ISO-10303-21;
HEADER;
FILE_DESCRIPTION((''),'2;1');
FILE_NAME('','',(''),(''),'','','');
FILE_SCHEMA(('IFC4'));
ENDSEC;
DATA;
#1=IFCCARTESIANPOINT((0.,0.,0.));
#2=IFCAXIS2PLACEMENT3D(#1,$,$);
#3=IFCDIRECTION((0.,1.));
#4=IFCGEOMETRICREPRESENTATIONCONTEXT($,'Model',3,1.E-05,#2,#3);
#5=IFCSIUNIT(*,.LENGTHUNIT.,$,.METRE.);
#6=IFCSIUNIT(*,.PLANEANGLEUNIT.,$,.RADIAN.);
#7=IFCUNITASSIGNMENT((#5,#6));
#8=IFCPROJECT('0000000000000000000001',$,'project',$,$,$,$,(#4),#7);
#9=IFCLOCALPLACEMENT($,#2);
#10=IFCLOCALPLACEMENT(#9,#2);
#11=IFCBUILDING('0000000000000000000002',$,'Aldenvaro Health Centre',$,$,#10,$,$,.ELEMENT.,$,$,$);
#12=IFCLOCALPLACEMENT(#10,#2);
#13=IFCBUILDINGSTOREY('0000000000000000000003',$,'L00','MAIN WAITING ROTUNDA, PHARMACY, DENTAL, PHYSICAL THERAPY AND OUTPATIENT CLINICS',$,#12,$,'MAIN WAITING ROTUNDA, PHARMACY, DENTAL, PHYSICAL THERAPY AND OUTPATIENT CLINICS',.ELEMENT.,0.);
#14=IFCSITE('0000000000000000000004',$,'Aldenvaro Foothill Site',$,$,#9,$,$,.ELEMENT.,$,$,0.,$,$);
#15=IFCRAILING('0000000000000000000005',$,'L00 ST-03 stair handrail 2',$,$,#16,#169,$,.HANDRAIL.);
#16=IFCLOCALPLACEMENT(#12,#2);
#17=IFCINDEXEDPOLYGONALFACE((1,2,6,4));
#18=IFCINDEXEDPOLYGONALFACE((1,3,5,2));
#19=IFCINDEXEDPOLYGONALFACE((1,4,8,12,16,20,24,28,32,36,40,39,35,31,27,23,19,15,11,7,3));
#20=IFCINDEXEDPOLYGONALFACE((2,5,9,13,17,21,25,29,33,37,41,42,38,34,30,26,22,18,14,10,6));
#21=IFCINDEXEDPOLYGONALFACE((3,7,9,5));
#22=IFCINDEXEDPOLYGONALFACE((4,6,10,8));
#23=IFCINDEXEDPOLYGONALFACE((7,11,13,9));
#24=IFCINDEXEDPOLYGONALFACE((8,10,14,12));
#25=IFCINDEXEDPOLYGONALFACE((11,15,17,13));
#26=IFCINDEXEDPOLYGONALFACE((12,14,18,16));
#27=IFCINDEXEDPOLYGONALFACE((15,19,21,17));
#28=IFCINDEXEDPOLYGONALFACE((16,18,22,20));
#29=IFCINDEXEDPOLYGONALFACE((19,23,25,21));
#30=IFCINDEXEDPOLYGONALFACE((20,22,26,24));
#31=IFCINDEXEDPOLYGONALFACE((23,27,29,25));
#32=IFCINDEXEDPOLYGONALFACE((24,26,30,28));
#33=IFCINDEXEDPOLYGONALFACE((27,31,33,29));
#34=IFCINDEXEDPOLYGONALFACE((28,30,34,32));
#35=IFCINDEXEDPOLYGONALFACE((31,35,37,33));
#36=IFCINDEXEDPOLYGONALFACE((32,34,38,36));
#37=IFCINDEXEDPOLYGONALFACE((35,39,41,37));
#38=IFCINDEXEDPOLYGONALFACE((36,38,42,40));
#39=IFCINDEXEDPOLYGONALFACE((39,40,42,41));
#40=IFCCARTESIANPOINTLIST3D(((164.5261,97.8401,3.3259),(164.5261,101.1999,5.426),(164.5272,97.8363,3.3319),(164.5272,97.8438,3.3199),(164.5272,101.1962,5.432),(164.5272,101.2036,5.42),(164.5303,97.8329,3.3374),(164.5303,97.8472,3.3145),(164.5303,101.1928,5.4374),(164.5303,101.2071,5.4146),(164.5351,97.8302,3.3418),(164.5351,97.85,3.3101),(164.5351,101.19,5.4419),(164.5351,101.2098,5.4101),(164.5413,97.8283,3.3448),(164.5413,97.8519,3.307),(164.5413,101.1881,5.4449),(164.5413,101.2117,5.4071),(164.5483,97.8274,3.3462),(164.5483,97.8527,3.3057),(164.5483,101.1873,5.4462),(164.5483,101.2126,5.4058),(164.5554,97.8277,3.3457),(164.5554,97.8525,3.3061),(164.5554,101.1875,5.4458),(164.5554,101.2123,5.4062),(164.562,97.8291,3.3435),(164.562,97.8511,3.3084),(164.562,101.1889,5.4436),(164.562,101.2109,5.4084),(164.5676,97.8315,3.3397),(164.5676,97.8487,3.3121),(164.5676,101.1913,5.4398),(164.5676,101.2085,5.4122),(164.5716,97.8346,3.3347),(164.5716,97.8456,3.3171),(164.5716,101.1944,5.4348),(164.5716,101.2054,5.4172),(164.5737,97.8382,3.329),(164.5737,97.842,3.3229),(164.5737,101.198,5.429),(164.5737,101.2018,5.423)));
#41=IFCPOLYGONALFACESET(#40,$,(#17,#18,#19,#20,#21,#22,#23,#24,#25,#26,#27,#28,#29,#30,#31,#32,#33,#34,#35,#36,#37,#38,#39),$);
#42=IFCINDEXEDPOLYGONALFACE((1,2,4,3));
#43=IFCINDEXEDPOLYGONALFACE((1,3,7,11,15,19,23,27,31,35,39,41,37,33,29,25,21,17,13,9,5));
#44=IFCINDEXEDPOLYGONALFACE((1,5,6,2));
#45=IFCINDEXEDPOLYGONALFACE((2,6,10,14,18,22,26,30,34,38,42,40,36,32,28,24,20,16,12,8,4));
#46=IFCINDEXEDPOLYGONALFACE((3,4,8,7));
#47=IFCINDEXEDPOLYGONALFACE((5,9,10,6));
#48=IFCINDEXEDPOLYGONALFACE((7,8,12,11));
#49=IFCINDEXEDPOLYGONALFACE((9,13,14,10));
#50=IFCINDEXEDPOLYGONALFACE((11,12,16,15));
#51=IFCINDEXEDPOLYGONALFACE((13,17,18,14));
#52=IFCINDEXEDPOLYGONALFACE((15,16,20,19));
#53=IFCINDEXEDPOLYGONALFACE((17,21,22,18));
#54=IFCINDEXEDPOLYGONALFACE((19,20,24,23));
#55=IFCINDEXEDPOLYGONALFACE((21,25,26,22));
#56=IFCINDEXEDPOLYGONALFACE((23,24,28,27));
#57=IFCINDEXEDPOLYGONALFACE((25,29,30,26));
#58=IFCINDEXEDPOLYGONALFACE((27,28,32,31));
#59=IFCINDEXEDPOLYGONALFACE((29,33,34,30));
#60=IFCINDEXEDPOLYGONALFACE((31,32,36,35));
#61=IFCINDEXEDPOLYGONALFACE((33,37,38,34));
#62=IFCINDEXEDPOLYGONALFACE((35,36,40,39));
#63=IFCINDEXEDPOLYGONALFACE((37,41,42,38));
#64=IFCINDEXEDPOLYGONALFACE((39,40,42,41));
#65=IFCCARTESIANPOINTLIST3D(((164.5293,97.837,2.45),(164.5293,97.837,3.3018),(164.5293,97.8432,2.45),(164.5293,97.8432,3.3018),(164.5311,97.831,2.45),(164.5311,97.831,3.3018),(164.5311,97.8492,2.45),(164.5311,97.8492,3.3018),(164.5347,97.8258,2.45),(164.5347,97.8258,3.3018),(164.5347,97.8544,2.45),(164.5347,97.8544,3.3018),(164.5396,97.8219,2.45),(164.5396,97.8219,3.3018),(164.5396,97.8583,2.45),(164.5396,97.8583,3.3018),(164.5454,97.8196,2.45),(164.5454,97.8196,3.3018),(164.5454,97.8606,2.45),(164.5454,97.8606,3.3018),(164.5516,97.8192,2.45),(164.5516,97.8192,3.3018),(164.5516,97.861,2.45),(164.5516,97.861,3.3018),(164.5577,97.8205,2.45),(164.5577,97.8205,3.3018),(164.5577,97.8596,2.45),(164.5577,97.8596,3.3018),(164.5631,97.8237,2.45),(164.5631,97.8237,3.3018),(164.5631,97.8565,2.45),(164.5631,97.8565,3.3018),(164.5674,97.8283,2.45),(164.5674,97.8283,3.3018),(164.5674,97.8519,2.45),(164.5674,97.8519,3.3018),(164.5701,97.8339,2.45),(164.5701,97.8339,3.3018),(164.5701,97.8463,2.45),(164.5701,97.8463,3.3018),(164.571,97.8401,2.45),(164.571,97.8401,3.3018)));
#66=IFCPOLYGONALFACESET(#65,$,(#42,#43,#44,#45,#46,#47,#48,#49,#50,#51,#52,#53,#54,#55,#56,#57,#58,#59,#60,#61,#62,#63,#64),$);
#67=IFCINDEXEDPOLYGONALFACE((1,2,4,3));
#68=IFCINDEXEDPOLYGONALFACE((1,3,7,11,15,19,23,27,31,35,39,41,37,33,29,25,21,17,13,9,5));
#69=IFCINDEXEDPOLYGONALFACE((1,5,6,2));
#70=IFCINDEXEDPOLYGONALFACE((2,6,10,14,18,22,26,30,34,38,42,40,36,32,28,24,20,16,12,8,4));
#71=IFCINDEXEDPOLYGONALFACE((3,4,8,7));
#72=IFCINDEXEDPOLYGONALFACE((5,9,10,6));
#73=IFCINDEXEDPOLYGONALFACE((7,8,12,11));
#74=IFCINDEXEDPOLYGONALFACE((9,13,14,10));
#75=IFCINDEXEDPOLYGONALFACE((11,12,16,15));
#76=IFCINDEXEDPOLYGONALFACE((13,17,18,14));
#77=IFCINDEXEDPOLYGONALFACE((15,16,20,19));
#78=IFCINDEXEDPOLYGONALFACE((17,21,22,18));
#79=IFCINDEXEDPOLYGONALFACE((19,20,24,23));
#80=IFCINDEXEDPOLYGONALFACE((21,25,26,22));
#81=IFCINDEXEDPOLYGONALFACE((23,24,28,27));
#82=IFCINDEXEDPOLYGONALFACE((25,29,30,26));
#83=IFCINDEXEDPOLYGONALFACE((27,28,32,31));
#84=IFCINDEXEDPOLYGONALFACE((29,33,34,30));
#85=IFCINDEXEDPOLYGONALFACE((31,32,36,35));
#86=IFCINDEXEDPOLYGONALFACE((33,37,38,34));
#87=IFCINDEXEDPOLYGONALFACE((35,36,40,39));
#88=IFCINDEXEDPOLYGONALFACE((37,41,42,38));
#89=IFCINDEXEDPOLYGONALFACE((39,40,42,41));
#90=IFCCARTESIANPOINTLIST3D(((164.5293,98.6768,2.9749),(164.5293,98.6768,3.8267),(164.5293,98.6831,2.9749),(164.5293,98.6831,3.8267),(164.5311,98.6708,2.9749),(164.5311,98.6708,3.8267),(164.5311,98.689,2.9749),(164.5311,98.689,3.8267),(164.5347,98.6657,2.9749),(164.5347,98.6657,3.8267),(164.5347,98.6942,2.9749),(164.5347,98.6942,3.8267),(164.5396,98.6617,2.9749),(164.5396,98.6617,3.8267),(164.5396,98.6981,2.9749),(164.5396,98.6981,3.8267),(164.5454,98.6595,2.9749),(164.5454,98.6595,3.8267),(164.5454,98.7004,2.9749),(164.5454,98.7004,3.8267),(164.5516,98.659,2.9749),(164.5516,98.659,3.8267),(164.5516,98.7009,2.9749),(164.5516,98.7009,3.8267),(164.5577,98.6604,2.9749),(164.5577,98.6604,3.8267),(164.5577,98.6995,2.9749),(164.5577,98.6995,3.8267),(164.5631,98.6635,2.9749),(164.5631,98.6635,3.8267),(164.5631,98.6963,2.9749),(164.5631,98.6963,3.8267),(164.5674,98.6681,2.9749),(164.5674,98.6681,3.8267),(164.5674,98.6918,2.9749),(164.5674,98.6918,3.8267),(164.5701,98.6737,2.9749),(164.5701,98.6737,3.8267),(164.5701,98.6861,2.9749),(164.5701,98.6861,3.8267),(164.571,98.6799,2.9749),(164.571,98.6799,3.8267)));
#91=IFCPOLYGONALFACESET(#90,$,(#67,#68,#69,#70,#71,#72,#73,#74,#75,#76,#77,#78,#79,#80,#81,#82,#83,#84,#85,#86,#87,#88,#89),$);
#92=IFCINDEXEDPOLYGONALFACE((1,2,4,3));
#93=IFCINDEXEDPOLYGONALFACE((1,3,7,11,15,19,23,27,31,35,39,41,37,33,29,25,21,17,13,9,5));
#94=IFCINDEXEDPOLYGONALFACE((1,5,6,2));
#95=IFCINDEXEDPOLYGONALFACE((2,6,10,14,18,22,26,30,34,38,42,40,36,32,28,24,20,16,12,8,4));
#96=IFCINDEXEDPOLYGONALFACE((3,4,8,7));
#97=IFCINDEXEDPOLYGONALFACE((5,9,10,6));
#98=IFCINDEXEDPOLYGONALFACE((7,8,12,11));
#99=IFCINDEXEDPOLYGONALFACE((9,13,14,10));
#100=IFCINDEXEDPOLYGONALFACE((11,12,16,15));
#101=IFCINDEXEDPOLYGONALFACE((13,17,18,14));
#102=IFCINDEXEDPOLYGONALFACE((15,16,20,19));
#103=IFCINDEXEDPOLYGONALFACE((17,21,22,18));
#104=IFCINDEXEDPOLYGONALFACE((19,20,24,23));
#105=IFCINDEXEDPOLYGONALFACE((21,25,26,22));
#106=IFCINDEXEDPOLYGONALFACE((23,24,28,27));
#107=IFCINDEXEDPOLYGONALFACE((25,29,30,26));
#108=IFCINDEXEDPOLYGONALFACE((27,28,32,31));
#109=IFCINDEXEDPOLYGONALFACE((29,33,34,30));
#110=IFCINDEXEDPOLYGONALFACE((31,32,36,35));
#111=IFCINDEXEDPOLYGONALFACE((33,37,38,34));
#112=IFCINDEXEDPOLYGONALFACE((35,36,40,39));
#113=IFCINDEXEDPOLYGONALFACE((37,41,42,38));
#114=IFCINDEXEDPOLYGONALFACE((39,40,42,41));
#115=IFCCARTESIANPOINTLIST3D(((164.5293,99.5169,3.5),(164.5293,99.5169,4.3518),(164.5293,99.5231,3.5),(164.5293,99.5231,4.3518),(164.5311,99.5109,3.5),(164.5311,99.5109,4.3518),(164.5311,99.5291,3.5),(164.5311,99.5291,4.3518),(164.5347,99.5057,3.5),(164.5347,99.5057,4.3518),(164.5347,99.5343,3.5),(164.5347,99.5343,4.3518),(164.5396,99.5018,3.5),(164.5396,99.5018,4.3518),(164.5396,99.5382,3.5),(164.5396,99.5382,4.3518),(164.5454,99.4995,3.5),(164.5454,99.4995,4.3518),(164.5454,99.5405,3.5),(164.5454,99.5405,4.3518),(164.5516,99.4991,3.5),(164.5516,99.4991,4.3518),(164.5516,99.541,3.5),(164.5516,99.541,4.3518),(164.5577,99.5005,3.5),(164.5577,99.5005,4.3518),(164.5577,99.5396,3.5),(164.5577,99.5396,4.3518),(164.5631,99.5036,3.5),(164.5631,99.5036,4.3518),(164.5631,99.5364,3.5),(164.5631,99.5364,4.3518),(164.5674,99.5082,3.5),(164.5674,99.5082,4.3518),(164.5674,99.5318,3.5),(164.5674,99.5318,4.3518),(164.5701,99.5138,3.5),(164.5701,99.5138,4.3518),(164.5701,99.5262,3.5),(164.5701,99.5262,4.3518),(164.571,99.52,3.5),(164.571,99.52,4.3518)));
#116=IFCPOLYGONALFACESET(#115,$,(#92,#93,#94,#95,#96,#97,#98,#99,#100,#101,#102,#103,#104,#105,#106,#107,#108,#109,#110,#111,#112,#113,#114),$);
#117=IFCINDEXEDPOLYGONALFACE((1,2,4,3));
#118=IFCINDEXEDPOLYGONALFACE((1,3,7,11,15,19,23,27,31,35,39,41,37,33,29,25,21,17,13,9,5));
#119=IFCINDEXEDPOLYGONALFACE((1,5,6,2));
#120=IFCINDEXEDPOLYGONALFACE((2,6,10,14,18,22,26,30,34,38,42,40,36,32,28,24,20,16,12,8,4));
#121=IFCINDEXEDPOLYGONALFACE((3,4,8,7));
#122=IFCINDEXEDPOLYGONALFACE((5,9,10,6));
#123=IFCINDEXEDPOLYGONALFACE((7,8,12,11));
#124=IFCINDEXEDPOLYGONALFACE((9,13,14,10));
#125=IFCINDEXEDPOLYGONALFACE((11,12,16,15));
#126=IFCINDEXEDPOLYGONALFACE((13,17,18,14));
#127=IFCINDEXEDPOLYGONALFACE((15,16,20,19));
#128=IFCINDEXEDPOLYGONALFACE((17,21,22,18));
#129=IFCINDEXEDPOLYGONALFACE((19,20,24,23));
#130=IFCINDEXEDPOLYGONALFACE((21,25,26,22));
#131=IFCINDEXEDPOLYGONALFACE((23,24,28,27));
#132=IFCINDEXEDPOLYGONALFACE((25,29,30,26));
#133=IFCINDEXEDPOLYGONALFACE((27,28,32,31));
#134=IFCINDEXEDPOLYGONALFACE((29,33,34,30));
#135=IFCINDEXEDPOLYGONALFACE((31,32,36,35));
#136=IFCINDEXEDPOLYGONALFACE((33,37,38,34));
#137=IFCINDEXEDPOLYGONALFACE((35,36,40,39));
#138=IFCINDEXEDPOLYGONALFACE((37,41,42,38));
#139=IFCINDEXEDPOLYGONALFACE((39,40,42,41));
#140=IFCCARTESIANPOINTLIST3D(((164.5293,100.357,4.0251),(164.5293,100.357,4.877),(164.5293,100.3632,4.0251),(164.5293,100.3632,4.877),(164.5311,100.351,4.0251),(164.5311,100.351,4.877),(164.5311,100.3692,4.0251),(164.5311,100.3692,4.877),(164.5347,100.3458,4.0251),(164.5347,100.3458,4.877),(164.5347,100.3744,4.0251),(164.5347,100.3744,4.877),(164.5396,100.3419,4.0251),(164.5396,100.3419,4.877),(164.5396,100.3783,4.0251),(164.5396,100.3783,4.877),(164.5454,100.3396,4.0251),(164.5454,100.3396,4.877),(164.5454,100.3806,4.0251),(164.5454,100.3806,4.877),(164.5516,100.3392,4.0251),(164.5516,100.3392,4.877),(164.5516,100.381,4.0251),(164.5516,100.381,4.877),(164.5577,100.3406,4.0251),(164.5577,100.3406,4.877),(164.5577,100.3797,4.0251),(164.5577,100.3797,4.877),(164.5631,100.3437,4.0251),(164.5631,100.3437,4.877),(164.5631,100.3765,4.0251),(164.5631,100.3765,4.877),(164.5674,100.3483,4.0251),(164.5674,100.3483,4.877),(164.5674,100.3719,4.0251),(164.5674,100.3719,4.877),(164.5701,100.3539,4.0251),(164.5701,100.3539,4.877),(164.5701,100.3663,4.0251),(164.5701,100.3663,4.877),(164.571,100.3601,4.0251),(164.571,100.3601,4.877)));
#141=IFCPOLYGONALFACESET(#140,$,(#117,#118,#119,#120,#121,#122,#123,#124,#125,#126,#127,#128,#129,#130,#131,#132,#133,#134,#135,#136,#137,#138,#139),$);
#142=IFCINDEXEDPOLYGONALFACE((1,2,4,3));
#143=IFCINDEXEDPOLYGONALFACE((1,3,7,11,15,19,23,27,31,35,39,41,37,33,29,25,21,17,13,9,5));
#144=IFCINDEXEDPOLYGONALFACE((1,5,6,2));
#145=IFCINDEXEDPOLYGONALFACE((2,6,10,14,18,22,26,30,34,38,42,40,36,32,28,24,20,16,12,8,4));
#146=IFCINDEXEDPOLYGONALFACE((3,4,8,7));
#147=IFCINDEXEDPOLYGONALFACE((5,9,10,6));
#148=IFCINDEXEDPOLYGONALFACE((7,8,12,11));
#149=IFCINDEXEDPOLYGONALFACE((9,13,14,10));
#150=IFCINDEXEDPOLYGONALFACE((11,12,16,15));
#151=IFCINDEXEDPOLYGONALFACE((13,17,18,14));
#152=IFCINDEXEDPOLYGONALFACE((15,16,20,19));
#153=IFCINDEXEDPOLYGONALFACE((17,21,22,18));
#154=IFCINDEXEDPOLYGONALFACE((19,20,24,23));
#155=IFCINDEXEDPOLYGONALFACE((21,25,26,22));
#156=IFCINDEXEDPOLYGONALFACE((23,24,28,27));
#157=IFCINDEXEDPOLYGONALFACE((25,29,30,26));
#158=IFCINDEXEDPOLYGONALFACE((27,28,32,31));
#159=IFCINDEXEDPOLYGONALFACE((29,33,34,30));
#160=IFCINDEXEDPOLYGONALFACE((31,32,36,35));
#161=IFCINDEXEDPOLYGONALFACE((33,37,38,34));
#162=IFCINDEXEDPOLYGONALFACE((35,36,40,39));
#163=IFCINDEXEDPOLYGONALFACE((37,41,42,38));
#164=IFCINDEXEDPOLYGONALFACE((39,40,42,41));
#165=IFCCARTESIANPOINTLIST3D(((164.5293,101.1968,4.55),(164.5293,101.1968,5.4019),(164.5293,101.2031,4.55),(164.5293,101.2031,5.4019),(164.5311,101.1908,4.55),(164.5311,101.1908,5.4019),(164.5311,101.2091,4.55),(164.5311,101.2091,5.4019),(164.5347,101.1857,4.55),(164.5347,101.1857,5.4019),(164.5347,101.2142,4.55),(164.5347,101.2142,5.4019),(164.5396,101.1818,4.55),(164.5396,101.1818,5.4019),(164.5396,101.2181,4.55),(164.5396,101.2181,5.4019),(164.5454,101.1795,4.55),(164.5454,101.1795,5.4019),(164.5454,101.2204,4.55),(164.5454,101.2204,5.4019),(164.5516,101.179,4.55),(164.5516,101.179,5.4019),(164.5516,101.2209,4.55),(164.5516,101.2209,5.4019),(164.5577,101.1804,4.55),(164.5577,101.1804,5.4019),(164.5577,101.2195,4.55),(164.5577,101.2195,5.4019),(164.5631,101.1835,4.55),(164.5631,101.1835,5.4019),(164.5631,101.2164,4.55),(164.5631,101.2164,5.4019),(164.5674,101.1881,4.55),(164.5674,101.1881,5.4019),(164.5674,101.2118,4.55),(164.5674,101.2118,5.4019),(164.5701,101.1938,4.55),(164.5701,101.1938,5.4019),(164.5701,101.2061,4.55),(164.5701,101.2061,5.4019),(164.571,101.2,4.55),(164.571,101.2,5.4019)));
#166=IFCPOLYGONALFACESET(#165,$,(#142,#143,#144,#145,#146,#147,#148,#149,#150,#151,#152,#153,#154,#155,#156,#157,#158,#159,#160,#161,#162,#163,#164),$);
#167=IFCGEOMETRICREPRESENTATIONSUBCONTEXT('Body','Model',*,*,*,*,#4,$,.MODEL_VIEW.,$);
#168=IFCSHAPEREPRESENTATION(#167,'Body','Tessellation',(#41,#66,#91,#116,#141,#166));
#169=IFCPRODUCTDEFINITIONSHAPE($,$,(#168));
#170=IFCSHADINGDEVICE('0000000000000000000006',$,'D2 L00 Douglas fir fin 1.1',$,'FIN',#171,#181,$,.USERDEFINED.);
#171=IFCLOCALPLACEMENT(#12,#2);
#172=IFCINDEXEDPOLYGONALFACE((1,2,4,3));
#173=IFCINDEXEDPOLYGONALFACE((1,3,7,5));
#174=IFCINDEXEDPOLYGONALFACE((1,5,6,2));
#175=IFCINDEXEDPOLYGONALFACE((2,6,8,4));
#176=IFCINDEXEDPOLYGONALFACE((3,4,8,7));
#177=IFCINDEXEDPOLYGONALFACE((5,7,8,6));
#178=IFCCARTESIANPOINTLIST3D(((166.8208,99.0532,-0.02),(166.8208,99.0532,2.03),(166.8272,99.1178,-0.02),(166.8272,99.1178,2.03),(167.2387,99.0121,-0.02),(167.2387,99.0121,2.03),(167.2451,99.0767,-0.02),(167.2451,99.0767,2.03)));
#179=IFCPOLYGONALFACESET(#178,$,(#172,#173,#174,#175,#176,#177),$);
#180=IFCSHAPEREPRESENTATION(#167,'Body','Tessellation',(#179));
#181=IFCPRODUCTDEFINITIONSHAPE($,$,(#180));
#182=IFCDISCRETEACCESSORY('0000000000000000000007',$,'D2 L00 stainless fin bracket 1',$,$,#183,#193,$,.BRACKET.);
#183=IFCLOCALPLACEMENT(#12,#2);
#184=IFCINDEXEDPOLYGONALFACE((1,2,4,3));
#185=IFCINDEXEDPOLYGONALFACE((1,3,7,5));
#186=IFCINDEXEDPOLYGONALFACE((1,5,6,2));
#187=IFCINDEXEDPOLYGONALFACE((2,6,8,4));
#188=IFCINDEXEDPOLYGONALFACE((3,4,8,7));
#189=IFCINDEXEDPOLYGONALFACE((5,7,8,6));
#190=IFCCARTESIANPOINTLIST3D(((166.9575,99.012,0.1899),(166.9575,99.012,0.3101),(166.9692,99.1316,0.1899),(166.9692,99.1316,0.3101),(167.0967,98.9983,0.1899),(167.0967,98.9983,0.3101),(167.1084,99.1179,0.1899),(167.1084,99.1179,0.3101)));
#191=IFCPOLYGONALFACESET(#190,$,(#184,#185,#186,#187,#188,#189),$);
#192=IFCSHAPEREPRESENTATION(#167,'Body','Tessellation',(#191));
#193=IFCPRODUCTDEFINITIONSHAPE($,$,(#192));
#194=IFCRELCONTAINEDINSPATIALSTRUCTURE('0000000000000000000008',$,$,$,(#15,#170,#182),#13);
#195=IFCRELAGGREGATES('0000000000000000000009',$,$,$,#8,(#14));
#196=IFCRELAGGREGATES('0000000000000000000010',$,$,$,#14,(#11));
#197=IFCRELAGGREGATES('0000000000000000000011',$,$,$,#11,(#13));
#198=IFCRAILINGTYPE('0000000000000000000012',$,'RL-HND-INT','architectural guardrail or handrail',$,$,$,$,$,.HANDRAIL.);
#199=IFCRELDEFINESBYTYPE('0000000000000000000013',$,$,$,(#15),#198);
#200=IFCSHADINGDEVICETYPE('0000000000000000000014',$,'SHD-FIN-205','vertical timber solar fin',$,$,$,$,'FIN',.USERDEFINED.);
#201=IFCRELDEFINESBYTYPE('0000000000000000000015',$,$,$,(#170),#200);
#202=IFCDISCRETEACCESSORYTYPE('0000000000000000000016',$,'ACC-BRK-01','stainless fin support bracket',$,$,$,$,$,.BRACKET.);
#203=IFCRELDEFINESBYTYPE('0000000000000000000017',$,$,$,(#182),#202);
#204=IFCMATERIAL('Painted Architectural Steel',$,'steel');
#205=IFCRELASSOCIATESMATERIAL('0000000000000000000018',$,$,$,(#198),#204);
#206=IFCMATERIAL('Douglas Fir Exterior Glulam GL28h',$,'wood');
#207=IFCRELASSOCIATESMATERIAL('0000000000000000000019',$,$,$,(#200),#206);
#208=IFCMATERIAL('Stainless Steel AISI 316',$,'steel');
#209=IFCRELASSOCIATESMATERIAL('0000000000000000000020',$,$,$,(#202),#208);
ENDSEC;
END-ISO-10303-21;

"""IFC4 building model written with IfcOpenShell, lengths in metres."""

from ifc_helpers import new_model, si_unit, direction, frame, origin, origin_2d, place, context, subcontext, project, spatial, rectangle, circle, extrude, material, type_object, element, save


model = new_model("IFC4")

# Units and contexts
model_context = context("Model", 3, precision=1e-05, world=origin(), true_north=direction((0.0, 1.0)))
body_context = subcontext(model_context, "Body", "Model", "MODEL_VIEW")
ifc_project = project(units=[si_unit("LENGTHUNIT", "METRE"), si_unit("PLANEANGLEUNIT", "RADIAN")], contexts=[model_context])

# Site, building, storey
site_placement = place(None, origin())
site = spatial("IfcSite", under=ifc_project, at=site_placement, Name="Aldenvaro Foothill Site", CompositionType="ELEMENT", RefElevation=0.0)
building_placement = place(site_placement, origin())
building = spatial("IfcBuilding", under=site, at=building_placement, Name="Aldenvaro Health Centre", CompositionType="ELEMENT")
storey_placement = place(building_placement, origin())
storey = spatial("IfcBuildingStorey", under=building, at=storey_placement, Name="L00", Description="MAIN WAITING ROTUNDA, PHARMACY, DENTAL, PHYSICAL THERAPY AND OUTPATIENT CLINICS", LongName="MAIN WAITING ROTUNDA, PHARMACY, DENTAL, PHYSICAL THERAPY AND OUTPATIENT CLINICS", CompositionType="ELEMENT", Elevation=0.0)

# Railing
ifc_material_1 = material(Name="Painted Architectural Steel", Category="steel")
railing_type_1 = type_object("IfcRailingType", Name="RL-HND-INT", Description="architectural guardrail or handrail", PredefinedType="HANDRAIL", material=ifc_material_1)
railing_1_placement = place(storey_placement, frame((164.55, 97.8401, 2.45)))
element("IfcRailing", 1, at=railing_1_placement, inside=storey, type_object=railing_type_1, Name="L00 ST-03 stair handrail 2", PredefinedType="HANDRAIL", context=body_context, shape_type="SweptSolid", body=[
    extrude(circle(Radius=0.0239, at=origin_2d()), frame((0.0, 0.0, 0.876), z_axis=(0.0, 0.847978, 0.530032), x_axis=(-1.0, 0.0, 0.0)), (0.0, 0.0, 1.0), 3.9622),
    extrude(circle(Radius=0.021, at=origin_2d()), origin(), (0.0, 0.0, 1.0), 0.8518),
    extrude(circle(Radius=0.021, at=origin_2d()), frame((0.0, 0.8398, 0.5249)), (0.0, 0.0, 1.0), 0.8518),
    extrude(circle(Radius=0.021, at=origin_2d()), frame((0.0, 1.6799, 1.05)), (0.0, 0.0, 1.0), 0.8518),
    extrude(circle(Radius=0.021, at=origin_2d()), frame((0.0, 2.52, 1.5752)), (0.0, 0.0, 1.0), 0.8518),
    extrude(circle(Radius=0.021, at=origin_2d()), frame((0.0, 3.3599, 2.1001)), (0.0, 0.0, 1.0), 0.8518),
])

# Shading device
ifc_material_2 = material(Name="Douglas Fir Exterior Glulam GL28h", Category="wood")
shading_device_type = type_object("IfcShadingDeviceType", Name="SHD-FIN-205", Description="vertical timber solar fin", ElementType="FIN", PredefinedType="USERDEFINED", material=ifc_material_2)
shading_device_placement = place(storey_placement, frame((167.033, 99.0649, -0.02), z_axis=(0.0, 0.0, 1.0), x_axis=(-0.097915, -0.995195, 0.0)))
element("IfcShadingDevice", 2, at=shading_device_placement, inside=storey, type_object=shading_device_type, Name="D2 L00 Douglas fir fin 1.1", ObjectType="FIN", PredefinedType="USERDEFINED", context=body_context, shape_type="SweptSolid", body=[
    extrude(rectangle(XDim=0.0649, YDim=0.4199, at=origin_2d()), origin(), (0.0, 0.0, 1.0), 2.05),
])

# Discrete accessory
ifc_material_3 = material(Name="Stainless Steel AISI 316", Category="steel")
discrete_accessory_type = type_object("IfcDiscreteAccessoryType", Name="ACC-BRK-01", Description="stainless fin support bracket", PredefinedType="BRACKET", material=ifc_material_3)
discrete_accessory_placement = place(storey_placement, frame((167.033, 99.0649, 0.1899), z_axis=(0.0, 0.0, 1.0), x_axis=(-0.097915, -0.995195, 0.0)))
element("IfcDiscreteAccessory", 3, at=discrete_accessory_placement, inside=storey, type_object=discrete_accessory_type, Name="D2 L00 stainless fin bracket 1", PredefinedType="BRACKET", context=body_context, shape_type="SweptSolid", body=[
    extrude(rectangle(XDim=0.1201, YDim=0.1399, at=origin_2d()), origin(), (0.0, 0.0, 1.0), 0.1201),
])

save(model, "model.ifc")
